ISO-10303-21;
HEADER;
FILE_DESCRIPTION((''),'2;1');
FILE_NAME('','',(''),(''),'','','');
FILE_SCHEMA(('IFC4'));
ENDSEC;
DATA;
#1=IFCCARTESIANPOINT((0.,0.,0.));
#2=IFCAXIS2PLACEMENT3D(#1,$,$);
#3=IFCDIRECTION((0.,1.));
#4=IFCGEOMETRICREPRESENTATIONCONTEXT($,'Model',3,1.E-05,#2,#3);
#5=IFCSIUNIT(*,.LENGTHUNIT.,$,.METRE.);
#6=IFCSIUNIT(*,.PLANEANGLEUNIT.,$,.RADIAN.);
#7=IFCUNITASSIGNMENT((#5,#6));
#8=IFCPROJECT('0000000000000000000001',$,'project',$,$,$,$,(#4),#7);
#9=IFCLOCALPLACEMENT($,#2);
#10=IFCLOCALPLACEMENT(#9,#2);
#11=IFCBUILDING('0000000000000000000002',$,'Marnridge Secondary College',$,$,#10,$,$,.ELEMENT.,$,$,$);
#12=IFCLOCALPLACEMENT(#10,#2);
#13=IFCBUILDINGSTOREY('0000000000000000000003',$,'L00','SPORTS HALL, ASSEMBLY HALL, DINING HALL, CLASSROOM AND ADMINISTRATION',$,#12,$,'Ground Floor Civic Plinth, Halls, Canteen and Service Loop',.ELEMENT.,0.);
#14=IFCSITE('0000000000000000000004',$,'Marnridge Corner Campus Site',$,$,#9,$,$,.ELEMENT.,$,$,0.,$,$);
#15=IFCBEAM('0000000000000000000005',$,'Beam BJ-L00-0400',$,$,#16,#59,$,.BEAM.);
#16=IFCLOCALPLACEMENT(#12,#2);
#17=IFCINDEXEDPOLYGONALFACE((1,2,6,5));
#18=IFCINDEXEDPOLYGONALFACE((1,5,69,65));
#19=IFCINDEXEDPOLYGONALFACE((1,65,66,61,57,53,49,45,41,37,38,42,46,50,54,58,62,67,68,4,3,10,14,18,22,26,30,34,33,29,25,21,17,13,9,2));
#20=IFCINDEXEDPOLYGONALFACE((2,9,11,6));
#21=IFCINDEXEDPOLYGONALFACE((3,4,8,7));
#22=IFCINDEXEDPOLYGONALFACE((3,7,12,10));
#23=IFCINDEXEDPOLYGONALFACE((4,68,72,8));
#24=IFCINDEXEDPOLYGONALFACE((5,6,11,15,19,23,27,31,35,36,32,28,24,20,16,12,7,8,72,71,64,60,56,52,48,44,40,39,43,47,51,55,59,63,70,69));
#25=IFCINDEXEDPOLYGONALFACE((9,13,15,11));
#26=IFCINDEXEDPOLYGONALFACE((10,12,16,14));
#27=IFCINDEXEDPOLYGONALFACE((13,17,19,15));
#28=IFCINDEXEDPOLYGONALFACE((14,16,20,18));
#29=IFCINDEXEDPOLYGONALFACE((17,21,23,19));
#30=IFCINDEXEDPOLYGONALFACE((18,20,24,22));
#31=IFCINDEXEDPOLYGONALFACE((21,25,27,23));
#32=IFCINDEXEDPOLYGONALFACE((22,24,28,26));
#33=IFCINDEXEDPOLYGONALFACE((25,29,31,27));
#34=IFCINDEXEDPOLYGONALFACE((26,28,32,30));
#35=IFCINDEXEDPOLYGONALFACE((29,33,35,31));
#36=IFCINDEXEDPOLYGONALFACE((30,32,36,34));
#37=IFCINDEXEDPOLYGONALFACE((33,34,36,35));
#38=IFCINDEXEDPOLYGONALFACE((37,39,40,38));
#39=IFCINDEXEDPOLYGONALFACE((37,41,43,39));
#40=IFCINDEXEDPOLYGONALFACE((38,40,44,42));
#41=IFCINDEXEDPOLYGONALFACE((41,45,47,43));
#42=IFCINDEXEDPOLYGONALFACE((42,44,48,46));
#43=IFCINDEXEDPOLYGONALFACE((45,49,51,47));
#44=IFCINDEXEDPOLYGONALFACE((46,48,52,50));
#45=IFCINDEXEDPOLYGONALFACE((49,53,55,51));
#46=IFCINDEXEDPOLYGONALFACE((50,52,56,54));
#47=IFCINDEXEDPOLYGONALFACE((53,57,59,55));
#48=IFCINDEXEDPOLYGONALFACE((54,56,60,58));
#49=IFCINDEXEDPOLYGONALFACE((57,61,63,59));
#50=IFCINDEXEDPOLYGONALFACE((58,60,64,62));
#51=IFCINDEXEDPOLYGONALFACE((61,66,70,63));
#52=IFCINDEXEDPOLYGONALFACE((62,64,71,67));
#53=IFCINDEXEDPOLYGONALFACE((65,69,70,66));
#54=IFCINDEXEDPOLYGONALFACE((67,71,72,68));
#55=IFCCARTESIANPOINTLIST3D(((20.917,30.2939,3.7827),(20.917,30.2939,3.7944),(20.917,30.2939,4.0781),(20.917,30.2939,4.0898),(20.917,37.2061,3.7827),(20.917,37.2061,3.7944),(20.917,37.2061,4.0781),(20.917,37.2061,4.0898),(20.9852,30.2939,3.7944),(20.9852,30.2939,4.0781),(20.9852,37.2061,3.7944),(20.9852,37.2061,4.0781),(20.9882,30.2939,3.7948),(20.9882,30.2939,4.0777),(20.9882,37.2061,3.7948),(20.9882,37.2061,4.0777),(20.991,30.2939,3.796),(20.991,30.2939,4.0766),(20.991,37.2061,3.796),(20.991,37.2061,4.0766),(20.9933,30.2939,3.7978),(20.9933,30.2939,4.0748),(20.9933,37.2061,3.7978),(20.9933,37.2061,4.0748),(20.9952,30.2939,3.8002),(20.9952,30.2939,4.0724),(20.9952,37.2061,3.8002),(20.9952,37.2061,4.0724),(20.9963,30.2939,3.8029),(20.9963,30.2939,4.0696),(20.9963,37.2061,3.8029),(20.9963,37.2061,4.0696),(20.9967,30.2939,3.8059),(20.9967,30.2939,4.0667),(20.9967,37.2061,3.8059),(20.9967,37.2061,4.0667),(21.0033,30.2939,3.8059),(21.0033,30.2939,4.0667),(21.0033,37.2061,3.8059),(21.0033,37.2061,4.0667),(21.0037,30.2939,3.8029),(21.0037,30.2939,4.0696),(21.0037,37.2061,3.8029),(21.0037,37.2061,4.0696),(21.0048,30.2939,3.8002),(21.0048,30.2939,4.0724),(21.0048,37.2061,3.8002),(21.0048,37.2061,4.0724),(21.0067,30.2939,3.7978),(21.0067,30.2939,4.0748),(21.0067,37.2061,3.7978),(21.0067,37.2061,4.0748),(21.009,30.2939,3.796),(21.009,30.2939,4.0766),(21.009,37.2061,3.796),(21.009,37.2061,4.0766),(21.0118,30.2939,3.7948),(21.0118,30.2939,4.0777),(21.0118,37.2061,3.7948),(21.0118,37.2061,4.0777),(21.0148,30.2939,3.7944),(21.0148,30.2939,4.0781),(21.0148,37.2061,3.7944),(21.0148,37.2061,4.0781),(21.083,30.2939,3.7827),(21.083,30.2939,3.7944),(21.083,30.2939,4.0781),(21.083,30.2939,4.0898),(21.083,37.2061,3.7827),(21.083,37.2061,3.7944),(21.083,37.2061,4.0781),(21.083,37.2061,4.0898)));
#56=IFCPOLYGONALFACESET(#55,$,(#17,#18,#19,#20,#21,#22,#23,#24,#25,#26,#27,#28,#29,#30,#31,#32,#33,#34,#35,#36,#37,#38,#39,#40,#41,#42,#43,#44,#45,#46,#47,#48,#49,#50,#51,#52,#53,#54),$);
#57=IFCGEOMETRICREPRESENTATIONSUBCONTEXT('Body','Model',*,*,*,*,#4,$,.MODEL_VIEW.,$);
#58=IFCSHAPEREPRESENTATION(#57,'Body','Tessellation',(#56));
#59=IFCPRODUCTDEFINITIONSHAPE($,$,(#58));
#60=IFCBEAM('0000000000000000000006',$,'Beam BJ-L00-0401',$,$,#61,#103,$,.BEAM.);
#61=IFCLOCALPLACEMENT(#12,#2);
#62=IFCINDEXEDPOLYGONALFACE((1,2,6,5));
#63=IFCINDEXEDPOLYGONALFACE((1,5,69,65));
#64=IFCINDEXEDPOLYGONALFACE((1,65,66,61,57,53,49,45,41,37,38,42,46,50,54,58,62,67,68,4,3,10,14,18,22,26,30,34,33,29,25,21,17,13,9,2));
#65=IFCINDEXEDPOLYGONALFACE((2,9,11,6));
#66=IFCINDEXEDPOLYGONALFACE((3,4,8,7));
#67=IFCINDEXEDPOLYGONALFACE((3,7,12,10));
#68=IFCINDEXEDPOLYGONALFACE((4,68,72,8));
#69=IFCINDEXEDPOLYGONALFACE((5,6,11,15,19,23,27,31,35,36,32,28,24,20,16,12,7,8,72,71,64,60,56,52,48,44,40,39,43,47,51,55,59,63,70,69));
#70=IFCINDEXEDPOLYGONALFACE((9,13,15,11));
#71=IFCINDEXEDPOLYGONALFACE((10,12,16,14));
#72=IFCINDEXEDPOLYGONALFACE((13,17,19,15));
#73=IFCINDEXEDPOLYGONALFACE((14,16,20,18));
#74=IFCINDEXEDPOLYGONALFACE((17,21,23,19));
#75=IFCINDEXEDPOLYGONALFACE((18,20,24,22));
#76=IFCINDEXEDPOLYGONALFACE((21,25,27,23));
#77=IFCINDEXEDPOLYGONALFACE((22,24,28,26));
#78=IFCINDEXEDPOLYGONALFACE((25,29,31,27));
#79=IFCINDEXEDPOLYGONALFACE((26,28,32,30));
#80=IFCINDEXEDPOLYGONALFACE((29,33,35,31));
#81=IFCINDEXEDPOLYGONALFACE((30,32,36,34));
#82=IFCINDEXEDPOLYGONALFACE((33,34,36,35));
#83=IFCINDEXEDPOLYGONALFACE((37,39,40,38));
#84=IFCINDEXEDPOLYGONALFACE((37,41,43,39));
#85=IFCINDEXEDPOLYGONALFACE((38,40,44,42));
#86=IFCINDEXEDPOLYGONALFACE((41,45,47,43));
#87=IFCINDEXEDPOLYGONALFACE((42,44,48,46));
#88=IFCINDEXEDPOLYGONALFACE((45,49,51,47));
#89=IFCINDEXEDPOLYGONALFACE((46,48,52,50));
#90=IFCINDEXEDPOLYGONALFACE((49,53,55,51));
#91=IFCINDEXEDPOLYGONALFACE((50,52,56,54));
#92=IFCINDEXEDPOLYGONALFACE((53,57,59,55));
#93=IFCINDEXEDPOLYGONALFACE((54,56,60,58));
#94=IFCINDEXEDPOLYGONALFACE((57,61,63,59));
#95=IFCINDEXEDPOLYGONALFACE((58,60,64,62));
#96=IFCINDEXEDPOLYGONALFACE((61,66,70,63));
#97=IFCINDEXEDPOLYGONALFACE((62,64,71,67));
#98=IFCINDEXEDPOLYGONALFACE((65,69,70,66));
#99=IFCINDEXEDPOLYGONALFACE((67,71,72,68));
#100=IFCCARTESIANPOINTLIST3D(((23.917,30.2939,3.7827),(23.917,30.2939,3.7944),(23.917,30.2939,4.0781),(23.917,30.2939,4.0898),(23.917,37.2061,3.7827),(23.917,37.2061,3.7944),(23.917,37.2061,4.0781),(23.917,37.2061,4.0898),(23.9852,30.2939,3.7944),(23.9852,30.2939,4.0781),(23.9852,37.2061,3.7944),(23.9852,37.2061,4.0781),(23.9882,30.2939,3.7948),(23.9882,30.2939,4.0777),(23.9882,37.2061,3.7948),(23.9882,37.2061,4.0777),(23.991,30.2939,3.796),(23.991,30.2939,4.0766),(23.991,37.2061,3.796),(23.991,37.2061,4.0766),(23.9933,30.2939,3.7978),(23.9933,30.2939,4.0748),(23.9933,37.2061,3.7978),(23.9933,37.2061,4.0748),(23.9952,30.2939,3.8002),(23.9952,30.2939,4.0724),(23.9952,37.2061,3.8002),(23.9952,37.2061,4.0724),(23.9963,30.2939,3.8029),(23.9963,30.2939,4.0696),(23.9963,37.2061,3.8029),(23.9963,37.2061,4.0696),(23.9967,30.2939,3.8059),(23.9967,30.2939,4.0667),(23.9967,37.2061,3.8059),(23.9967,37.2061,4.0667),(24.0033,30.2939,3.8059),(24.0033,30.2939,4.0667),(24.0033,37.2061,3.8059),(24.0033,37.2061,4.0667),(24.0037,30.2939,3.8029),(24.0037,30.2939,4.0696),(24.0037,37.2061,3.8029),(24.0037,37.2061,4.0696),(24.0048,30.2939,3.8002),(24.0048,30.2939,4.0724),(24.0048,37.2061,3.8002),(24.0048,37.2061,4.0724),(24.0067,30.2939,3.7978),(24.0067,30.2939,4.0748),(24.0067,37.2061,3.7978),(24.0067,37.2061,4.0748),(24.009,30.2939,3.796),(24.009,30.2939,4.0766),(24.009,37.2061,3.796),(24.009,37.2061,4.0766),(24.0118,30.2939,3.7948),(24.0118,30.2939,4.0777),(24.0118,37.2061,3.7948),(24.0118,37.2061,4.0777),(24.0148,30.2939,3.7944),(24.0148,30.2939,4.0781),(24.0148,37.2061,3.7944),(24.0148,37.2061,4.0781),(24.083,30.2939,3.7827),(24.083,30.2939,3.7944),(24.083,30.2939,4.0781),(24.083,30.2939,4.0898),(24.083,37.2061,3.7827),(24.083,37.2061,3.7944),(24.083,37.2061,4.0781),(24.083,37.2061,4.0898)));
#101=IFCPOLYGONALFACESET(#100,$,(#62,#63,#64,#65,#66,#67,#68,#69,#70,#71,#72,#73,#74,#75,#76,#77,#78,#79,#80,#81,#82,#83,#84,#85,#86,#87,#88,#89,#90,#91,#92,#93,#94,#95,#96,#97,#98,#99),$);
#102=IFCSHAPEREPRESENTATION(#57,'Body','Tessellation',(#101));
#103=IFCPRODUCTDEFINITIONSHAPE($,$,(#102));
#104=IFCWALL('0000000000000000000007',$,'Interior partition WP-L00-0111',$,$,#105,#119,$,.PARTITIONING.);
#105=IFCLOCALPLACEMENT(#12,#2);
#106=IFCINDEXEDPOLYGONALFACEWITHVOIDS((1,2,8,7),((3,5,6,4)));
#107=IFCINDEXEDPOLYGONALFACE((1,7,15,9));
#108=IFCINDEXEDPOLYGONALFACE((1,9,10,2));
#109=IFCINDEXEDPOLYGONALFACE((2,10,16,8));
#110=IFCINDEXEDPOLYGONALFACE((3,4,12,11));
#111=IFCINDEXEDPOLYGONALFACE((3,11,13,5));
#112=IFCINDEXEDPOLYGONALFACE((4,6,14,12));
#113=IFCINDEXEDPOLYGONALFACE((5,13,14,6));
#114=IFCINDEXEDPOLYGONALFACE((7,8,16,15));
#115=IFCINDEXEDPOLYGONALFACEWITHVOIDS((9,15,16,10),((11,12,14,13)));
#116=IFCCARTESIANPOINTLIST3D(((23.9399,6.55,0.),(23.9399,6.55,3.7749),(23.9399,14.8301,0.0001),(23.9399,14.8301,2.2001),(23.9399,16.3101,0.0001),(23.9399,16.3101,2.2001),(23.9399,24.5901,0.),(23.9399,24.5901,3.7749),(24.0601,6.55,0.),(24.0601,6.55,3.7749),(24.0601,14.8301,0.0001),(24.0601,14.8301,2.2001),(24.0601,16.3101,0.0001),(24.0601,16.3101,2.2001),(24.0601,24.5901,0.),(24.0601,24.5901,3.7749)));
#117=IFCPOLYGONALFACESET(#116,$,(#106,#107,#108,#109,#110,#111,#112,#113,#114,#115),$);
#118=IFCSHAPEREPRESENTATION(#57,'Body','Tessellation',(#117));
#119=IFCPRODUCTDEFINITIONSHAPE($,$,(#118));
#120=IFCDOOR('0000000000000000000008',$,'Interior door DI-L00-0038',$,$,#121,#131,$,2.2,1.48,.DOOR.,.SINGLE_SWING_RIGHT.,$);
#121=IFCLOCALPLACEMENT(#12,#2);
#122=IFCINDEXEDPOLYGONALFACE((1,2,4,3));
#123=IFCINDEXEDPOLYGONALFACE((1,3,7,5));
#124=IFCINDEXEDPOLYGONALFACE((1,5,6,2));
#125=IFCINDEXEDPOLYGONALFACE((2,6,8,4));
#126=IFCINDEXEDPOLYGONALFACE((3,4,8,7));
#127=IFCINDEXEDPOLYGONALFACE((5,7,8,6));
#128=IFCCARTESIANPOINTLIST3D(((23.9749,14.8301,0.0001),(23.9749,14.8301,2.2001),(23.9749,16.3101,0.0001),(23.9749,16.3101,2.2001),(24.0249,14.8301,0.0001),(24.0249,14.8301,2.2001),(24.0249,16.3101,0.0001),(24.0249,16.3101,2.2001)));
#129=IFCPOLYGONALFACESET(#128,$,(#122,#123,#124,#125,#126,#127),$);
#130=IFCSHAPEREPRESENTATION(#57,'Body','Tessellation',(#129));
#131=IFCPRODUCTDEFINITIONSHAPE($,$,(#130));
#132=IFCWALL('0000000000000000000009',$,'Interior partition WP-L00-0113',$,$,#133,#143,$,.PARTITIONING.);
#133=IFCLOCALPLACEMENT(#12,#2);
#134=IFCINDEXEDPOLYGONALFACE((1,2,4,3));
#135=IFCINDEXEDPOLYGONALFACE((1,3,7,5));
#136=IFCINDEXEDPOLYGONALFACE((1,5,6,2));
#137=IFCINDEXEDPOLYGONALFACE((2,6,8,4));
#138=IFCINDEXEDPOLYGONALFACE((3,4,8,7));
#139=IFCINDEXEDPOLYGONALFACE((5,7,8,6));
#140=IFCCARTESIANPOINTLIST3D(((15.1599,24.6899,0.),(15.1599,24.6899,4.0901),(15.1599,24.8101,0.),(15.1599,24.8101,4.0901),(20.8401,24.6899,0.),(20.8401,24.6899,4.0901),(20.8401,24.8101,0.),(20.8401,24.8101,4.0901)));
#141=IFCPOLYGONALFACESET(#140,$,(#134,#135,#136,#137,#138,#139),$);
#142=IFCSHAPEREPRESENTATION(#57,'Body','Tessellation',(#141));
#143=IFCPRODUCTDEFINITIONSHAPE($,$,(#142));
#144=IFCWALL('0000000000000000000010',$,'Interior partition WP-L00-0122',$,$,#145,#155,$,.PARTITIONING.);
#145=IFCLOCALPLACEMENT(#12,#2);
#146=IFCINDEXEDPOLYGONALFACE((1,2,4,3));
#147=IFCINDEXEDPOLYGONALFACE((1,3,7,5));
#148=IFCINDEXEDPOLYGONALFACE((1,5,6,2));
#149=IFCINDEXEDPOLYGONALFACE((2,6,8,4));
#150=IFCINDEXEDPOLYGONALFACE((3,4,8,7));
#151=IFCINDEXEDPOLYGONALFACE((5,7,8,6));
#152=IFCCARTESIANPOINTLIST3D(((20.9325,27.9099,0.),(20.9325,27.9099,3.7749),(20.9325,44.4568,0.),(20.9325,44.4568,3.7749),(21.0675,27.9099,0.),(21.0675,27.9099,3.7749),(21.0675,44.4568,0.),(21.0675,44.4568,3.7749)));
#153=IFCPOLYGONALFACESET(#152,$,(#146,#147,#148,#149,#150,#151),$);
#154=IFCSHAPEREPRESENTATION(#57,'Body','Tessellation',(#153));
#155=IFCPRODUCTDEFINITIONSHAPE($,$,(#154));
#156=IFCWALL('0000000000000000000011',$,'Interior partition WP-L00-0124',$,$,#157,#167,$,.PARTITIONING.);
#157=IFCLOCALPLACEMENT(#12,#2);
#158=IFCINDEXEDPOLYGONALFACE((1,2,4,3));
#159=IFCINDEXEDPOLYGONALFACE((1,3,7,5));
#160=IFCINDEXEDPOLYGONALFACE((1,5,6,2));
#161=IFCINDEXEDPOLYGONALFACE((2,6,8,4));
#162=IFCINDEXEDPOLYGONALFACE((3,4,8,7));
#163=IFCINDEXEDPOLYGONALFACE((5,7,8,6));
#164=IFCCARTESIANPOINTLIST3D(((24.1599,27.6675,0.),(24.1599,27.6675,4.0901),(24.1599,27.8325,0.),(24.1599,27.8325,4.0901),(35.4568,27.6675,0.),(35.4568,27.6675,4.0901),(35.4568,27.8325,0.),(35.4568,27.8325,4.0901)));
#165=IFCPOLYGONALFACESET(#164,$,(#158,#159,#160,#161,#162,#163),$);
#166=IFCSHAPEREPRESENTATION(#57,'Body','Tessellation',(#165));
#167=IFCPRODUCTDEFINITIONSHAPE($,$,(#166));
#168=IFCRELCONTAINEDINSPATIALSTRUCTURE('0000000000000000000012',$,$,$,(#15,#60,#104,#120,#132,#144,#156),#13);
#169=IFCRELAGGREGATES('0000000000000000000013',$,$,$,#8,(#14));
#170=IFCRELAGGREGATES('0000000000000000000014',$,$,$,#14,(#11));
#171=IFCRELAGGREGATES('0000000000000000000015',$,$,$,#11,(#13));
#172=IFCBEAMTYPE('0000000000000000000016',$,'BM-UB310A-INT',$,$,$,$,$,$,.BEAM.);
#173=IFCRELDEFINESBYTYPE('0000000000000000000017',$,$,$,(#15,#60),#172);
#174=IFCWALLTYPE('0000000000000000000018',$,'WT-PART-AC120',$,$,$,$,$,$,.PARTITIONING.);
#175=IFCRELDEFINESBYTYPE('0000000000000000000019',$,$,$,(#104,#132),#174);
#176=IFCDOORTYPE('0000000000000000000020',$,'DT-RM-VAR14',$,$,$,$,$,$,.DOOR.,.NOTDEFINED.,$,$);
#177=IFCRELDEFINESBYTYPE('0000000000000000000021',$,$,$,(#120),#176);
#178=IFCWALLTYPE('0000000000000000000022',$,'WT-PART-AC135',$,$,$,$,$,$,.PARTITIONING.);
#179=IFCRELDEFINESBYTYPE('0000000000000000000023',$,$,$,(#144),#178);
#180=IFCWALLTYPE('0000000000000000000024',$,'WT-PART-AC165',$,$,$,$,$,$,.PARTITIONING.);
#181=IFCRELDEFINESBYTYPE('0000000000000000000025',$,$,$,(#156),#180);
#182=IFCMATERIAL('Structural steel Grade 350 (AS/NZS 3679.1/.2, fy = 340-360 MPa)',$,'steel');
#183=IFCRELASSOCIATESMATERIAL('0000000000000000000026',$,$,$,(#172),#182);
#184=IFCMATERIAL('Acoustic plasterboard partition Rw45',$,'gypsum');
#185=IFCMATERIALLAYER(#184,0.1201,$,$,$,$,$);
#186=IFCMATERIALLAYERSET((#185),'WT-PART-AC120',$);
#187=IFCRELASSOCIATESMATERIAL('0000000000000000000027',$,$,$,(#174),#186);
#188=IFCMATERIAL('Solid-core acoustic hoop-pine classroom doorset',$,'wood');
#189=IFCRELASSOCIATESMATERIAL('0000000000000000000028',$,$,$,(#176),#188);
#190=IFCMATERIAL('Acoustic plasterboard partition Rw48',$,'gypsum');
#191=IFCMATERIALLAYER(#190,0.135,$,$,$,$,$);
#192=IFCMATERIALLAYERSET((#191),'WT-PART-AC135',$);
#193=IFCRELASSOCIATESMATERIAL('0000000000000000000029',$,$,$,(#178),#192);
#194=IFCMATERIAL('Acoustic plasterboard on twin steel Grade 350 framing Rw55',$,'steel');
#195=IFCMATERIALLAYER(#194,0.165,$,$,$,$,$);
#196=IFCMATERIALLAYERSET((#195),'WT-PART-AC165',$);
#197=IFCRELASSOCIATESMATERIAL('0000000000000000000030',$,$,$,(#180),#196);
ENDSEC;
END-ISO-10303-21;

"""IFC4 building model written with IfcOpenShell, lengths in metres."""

from ifc_helpers import new_model, si_unit, direction, frame, frame_2d, origin, origin_2d, place, context, subcontext, project, spatial, rectangle, i_section, extrude, material, layer, layer_set, material_profile, profile_set, type_object, element, fill, save


model = new_model("IFC4")

# Units and contexts
model_context = context("Model", 3, precision=1e-05, world=origin(), true_north=direction((0.0, 1.0)))
body_context = subcontext(model_context, "Body", "Model", "MODEL_VIEW")
ifc_project = project(units=[si_unit("LENGTHUNIT", "METRE"), si_unit("PLANEANGLEUNIT", "RADIAN")], contexts=[model_context])

# Site, building, storey
site_placement = place(None, origin())
site = spatial("IfcSite", under=ifc_project, at=site_placement, Name="Marnridge Corner Campus Site", CompositionType="ELEMENT", RefElevation=0.0)
building_placement = place(site_placement, origin())
building = spatial("IfcBuilding", under=site, at=building_placement, Name="Marnridge Secondary College", CompositionType="ELEMENT")
storey_placement = place(building_placement, origin())
storey = spatial("IfcBuildingStorey", under=building, at=storey_placement, Name="L00", Description="SPORTS HALL, ASSEMBLY HALL, DINING HALL, CLASSROOM AND ADMINISTRATION", LongName="Ground Floor Civic Plinth, Halls, Canteen and Service Loop", CompositionType="ELEMENT", Elevation=0.0)

# Beams
ifc_material_1 = material(Name="Structural steel Grade 350 (AS/NZS 3679.1/.2, fy = 340-360 MPa)", Category="steel")
ifc_material_profile_1 = material_profile(ifc_material_1, i_section(OverallWidth=0.166, OverallDepth=0.3071, WebThickness=0.0066, FlangeThickness=0.0117, FilletRadius=0.0115, at=origin_2d()), Name="310UB46.2")
ifc_profile_set_1 = profile_set([ifc_material_profile_1], Name="Structural steel Grade 350 (AS/NZS 3679.1/.2, fy = 340-360 MPa)")
beam_type_1 = type_object("IfcBeamType", Name="BM-UB310A-INT", PredefinedType="BEAM", material=ifc_profile_set_1)
for number, where, z_axis, x_axis, name in (
    (1, (21.0, 30.2939, 3.9363), (0.0, 1.0, 0.0), (-1.0, 0.0, 0.0), "Beam BJ-L00-0400"),
    (2, (24.0, 30.2939, 3.9363), (0.0, 1.0, 0.0), (-1.0, 0.0, 0.0), "Beam BJ-L00-0401"),
):
    element("IfcBeam", number, at=place(storey_placement, frame(where, z_axis=z_axis, x_axis=x_axis)), inside=storey, type_object=beam_type_1, Name=name, PredefinedType="BEAM", context=body_context, shape_type="SweptSolid", body=[
        extrude(i_section(OverallWidth=0.166, OverallDepth=0.3071, WebThickness=0.0066, FlangeThickness=0.0117, FilletRadius=0.0115, at=origin_2d()), origin(), (0.0, 0.0, 1.0), 6.9121),
    ])

# Wall, opening, door
ifc_material_2 = material(Name="Acoustic plasterboard partition Rw45", Category="gypsum")
ifc_layer_1 = layer(ifc_material_2, 0.1201)
ifc_layer_set_1 = layer_set([ifc_layer_1], Name="WT-PART-AC120")
wall_type_1 = type_object("IfcWallType", Name="WT-PART-AC120", PredefinedType="PARTITIONING", material=ifc_layer_set_1)
wall_1_placement = place(storey_placement, frame((24.0, 24.5901, 0.0), z_axis=(0.0, 0.0, 1.0), x_axis=(0.0, -1.0, 0.0)))
wall_1 = element("IfcWall", 3, at=wall_1_placement, inside=storey, type_object=wall_type_1, Name="Interior partition WP-L00-0111", PredefinedType="PARTITIONING", context=body_context, shape_type="SweptSolid", body=[
    extrude(rectangle(XDim=18.04, YDim=0.1201, at=frame_2d((9.02, 0.0))), origin(), (0.0, 0.0, 1.0), 3.7749),
])
opening_placement = place(wall_1_placement, frame((8.28, 0.0, 0.0)))
opening = element("IfcOpeningElement", 4, at=opening_placement, cuts=wall_1, PredefinedType="OPENING", context=body_context, shape_type="SweptSolid", body=[
    extrude(rectangle(XDim=1.48, YDim=2.2, at=frame_2d((0.74, 1.1001))), frame((0.0, 0.0701, 0.0), z_axis=(0.0, -1.0, 0.0), x_axis=(1.0, 0.0, 0.0)), (0.0, 0.0, 1.0), 0.1401),
])
ifc_material_3 = material(Name="Solid-core acoustic hoop-pine classroom doorset", Category="wood")
door_type = type_object("IfcDoorType", Name="DT-RM-VAR14", OperationType="NOTDEFINED", PredefinedType="DOOR", material=ifc_material_3)
door_placement = place(opening_placement, origin())
door = element("IfcDoor", 5, at=door_placement, inside=storey, type_object=door_type, Name="Interior door DI-L00-0038", OperationType="SINGLE_SWING_RIGHT", OverallHeight=2.2, OverallWidth=1.48, PredefinedType="DOOR", context=body_context, shape_type="SweptSolid", body=[
    extrude(rectangle(XDim=1.48, YDim=2.2, at=frame_2d((0.74, 1.1001))), frame((0.0, 0.0249, 0.0), z_axis=(0.0, -1.0, 0.0), x_axis=(1.0, 0.0, 0.0)), (0.0, 0.0, 1.0), 0.05),
])
fill(opening, door)

# Walls
wall_2_placement = place(storey_placement, frame((20.8401, 24.75, 0.0), z_axis=(0.0, 0.0, 1.0), x_axis=(-1.0, 0.0, 0.0)))
element("IfcWall", 6, at=wall_2_placement, inside=storey, type_object=wall_type_1, Name="Interior partition WP-L00-0113", PredefinedType="PARTITIONING", context=body_context, shape_type="SweptSolid", body=[
    extrude(rectangle(XDim=5.6802, YDim=0.1201, at=frame_2d((2.8401, 0.0))), origin(), (0.0, 0.0, 1.0), 4.0901),
])
ifc_material_4 = material(Name="Acoustic plasterboard partition Rw48", Category="gypsum")
ifc_layer_2 = layer(ifc_material_4, 0.135)
ifc_layer_set_2 = layer_set([ifc_layer_2], Name="WT-PART-AC135")
wall_type_2 = type_object("IfcWallType", Name="WT-PART-AC135", PredefinedType="PARTITIONING", material=ifc_layer_set_2)
wall_3_placement = place(storey_placement, frame((21.0, 27.9099, 0.0), z_axis=(0.0, 0.0, 1.0), x_axis=(0.0, 1.0, 0.0)))
element("IfcWall", 7, at=wall_3_placement, inside=storey, type_object=wall_type_2, Name="Interior partition WP-L00-0122", PredefinedType="PARTITIONING", context=body_context, shape_type="SweptSolid", body=[
    extrude(rectangle(XDim=16.5469, YDim=0.135, at=frame_2d((8.2734, 0.0))), origin(), (0.0, 0.0, 1.0), 3.7749),
])
ifc_material_5 = material(Name="Acoustic plasterboard on twin steel Grade 350 framing Rw55", Category="steel")
ifc_layer_3 = layer(ifc_material_5, 0.165)
ifc_layer_set_3 = layer_set([ifc_layer_3], Name="WT-PART-AC165")
wall_type_3 = type_object("IfcWallType", Name="WT-PART-AC165", PredefinedType="PARTITIONING", material=ifc_layer_set_3)
wall_4_placement = place(storey_placement, frame((24.1599, 27.75, 0.0), z_axis=(0.0, 0.0, 1.0), x_axis=(1.0, 0.0, 0.0)))
element("IfcWall", 8, at=wall_4_placement, inside=storey, type_object=wall_type_3, Name="Interior partition WP-L00-0124", PredefinedType="PARTITIONING", context=body_context, shape_type="SweptSolid", body=[
    extrude(rectangle(XDim=11.2969, YDim=0.165, at=frame_2d((5.6484, 0.0))), origin(), (0.0, 0.0, 1.0), 4.0901),
])

save(model, "model.ifc")
